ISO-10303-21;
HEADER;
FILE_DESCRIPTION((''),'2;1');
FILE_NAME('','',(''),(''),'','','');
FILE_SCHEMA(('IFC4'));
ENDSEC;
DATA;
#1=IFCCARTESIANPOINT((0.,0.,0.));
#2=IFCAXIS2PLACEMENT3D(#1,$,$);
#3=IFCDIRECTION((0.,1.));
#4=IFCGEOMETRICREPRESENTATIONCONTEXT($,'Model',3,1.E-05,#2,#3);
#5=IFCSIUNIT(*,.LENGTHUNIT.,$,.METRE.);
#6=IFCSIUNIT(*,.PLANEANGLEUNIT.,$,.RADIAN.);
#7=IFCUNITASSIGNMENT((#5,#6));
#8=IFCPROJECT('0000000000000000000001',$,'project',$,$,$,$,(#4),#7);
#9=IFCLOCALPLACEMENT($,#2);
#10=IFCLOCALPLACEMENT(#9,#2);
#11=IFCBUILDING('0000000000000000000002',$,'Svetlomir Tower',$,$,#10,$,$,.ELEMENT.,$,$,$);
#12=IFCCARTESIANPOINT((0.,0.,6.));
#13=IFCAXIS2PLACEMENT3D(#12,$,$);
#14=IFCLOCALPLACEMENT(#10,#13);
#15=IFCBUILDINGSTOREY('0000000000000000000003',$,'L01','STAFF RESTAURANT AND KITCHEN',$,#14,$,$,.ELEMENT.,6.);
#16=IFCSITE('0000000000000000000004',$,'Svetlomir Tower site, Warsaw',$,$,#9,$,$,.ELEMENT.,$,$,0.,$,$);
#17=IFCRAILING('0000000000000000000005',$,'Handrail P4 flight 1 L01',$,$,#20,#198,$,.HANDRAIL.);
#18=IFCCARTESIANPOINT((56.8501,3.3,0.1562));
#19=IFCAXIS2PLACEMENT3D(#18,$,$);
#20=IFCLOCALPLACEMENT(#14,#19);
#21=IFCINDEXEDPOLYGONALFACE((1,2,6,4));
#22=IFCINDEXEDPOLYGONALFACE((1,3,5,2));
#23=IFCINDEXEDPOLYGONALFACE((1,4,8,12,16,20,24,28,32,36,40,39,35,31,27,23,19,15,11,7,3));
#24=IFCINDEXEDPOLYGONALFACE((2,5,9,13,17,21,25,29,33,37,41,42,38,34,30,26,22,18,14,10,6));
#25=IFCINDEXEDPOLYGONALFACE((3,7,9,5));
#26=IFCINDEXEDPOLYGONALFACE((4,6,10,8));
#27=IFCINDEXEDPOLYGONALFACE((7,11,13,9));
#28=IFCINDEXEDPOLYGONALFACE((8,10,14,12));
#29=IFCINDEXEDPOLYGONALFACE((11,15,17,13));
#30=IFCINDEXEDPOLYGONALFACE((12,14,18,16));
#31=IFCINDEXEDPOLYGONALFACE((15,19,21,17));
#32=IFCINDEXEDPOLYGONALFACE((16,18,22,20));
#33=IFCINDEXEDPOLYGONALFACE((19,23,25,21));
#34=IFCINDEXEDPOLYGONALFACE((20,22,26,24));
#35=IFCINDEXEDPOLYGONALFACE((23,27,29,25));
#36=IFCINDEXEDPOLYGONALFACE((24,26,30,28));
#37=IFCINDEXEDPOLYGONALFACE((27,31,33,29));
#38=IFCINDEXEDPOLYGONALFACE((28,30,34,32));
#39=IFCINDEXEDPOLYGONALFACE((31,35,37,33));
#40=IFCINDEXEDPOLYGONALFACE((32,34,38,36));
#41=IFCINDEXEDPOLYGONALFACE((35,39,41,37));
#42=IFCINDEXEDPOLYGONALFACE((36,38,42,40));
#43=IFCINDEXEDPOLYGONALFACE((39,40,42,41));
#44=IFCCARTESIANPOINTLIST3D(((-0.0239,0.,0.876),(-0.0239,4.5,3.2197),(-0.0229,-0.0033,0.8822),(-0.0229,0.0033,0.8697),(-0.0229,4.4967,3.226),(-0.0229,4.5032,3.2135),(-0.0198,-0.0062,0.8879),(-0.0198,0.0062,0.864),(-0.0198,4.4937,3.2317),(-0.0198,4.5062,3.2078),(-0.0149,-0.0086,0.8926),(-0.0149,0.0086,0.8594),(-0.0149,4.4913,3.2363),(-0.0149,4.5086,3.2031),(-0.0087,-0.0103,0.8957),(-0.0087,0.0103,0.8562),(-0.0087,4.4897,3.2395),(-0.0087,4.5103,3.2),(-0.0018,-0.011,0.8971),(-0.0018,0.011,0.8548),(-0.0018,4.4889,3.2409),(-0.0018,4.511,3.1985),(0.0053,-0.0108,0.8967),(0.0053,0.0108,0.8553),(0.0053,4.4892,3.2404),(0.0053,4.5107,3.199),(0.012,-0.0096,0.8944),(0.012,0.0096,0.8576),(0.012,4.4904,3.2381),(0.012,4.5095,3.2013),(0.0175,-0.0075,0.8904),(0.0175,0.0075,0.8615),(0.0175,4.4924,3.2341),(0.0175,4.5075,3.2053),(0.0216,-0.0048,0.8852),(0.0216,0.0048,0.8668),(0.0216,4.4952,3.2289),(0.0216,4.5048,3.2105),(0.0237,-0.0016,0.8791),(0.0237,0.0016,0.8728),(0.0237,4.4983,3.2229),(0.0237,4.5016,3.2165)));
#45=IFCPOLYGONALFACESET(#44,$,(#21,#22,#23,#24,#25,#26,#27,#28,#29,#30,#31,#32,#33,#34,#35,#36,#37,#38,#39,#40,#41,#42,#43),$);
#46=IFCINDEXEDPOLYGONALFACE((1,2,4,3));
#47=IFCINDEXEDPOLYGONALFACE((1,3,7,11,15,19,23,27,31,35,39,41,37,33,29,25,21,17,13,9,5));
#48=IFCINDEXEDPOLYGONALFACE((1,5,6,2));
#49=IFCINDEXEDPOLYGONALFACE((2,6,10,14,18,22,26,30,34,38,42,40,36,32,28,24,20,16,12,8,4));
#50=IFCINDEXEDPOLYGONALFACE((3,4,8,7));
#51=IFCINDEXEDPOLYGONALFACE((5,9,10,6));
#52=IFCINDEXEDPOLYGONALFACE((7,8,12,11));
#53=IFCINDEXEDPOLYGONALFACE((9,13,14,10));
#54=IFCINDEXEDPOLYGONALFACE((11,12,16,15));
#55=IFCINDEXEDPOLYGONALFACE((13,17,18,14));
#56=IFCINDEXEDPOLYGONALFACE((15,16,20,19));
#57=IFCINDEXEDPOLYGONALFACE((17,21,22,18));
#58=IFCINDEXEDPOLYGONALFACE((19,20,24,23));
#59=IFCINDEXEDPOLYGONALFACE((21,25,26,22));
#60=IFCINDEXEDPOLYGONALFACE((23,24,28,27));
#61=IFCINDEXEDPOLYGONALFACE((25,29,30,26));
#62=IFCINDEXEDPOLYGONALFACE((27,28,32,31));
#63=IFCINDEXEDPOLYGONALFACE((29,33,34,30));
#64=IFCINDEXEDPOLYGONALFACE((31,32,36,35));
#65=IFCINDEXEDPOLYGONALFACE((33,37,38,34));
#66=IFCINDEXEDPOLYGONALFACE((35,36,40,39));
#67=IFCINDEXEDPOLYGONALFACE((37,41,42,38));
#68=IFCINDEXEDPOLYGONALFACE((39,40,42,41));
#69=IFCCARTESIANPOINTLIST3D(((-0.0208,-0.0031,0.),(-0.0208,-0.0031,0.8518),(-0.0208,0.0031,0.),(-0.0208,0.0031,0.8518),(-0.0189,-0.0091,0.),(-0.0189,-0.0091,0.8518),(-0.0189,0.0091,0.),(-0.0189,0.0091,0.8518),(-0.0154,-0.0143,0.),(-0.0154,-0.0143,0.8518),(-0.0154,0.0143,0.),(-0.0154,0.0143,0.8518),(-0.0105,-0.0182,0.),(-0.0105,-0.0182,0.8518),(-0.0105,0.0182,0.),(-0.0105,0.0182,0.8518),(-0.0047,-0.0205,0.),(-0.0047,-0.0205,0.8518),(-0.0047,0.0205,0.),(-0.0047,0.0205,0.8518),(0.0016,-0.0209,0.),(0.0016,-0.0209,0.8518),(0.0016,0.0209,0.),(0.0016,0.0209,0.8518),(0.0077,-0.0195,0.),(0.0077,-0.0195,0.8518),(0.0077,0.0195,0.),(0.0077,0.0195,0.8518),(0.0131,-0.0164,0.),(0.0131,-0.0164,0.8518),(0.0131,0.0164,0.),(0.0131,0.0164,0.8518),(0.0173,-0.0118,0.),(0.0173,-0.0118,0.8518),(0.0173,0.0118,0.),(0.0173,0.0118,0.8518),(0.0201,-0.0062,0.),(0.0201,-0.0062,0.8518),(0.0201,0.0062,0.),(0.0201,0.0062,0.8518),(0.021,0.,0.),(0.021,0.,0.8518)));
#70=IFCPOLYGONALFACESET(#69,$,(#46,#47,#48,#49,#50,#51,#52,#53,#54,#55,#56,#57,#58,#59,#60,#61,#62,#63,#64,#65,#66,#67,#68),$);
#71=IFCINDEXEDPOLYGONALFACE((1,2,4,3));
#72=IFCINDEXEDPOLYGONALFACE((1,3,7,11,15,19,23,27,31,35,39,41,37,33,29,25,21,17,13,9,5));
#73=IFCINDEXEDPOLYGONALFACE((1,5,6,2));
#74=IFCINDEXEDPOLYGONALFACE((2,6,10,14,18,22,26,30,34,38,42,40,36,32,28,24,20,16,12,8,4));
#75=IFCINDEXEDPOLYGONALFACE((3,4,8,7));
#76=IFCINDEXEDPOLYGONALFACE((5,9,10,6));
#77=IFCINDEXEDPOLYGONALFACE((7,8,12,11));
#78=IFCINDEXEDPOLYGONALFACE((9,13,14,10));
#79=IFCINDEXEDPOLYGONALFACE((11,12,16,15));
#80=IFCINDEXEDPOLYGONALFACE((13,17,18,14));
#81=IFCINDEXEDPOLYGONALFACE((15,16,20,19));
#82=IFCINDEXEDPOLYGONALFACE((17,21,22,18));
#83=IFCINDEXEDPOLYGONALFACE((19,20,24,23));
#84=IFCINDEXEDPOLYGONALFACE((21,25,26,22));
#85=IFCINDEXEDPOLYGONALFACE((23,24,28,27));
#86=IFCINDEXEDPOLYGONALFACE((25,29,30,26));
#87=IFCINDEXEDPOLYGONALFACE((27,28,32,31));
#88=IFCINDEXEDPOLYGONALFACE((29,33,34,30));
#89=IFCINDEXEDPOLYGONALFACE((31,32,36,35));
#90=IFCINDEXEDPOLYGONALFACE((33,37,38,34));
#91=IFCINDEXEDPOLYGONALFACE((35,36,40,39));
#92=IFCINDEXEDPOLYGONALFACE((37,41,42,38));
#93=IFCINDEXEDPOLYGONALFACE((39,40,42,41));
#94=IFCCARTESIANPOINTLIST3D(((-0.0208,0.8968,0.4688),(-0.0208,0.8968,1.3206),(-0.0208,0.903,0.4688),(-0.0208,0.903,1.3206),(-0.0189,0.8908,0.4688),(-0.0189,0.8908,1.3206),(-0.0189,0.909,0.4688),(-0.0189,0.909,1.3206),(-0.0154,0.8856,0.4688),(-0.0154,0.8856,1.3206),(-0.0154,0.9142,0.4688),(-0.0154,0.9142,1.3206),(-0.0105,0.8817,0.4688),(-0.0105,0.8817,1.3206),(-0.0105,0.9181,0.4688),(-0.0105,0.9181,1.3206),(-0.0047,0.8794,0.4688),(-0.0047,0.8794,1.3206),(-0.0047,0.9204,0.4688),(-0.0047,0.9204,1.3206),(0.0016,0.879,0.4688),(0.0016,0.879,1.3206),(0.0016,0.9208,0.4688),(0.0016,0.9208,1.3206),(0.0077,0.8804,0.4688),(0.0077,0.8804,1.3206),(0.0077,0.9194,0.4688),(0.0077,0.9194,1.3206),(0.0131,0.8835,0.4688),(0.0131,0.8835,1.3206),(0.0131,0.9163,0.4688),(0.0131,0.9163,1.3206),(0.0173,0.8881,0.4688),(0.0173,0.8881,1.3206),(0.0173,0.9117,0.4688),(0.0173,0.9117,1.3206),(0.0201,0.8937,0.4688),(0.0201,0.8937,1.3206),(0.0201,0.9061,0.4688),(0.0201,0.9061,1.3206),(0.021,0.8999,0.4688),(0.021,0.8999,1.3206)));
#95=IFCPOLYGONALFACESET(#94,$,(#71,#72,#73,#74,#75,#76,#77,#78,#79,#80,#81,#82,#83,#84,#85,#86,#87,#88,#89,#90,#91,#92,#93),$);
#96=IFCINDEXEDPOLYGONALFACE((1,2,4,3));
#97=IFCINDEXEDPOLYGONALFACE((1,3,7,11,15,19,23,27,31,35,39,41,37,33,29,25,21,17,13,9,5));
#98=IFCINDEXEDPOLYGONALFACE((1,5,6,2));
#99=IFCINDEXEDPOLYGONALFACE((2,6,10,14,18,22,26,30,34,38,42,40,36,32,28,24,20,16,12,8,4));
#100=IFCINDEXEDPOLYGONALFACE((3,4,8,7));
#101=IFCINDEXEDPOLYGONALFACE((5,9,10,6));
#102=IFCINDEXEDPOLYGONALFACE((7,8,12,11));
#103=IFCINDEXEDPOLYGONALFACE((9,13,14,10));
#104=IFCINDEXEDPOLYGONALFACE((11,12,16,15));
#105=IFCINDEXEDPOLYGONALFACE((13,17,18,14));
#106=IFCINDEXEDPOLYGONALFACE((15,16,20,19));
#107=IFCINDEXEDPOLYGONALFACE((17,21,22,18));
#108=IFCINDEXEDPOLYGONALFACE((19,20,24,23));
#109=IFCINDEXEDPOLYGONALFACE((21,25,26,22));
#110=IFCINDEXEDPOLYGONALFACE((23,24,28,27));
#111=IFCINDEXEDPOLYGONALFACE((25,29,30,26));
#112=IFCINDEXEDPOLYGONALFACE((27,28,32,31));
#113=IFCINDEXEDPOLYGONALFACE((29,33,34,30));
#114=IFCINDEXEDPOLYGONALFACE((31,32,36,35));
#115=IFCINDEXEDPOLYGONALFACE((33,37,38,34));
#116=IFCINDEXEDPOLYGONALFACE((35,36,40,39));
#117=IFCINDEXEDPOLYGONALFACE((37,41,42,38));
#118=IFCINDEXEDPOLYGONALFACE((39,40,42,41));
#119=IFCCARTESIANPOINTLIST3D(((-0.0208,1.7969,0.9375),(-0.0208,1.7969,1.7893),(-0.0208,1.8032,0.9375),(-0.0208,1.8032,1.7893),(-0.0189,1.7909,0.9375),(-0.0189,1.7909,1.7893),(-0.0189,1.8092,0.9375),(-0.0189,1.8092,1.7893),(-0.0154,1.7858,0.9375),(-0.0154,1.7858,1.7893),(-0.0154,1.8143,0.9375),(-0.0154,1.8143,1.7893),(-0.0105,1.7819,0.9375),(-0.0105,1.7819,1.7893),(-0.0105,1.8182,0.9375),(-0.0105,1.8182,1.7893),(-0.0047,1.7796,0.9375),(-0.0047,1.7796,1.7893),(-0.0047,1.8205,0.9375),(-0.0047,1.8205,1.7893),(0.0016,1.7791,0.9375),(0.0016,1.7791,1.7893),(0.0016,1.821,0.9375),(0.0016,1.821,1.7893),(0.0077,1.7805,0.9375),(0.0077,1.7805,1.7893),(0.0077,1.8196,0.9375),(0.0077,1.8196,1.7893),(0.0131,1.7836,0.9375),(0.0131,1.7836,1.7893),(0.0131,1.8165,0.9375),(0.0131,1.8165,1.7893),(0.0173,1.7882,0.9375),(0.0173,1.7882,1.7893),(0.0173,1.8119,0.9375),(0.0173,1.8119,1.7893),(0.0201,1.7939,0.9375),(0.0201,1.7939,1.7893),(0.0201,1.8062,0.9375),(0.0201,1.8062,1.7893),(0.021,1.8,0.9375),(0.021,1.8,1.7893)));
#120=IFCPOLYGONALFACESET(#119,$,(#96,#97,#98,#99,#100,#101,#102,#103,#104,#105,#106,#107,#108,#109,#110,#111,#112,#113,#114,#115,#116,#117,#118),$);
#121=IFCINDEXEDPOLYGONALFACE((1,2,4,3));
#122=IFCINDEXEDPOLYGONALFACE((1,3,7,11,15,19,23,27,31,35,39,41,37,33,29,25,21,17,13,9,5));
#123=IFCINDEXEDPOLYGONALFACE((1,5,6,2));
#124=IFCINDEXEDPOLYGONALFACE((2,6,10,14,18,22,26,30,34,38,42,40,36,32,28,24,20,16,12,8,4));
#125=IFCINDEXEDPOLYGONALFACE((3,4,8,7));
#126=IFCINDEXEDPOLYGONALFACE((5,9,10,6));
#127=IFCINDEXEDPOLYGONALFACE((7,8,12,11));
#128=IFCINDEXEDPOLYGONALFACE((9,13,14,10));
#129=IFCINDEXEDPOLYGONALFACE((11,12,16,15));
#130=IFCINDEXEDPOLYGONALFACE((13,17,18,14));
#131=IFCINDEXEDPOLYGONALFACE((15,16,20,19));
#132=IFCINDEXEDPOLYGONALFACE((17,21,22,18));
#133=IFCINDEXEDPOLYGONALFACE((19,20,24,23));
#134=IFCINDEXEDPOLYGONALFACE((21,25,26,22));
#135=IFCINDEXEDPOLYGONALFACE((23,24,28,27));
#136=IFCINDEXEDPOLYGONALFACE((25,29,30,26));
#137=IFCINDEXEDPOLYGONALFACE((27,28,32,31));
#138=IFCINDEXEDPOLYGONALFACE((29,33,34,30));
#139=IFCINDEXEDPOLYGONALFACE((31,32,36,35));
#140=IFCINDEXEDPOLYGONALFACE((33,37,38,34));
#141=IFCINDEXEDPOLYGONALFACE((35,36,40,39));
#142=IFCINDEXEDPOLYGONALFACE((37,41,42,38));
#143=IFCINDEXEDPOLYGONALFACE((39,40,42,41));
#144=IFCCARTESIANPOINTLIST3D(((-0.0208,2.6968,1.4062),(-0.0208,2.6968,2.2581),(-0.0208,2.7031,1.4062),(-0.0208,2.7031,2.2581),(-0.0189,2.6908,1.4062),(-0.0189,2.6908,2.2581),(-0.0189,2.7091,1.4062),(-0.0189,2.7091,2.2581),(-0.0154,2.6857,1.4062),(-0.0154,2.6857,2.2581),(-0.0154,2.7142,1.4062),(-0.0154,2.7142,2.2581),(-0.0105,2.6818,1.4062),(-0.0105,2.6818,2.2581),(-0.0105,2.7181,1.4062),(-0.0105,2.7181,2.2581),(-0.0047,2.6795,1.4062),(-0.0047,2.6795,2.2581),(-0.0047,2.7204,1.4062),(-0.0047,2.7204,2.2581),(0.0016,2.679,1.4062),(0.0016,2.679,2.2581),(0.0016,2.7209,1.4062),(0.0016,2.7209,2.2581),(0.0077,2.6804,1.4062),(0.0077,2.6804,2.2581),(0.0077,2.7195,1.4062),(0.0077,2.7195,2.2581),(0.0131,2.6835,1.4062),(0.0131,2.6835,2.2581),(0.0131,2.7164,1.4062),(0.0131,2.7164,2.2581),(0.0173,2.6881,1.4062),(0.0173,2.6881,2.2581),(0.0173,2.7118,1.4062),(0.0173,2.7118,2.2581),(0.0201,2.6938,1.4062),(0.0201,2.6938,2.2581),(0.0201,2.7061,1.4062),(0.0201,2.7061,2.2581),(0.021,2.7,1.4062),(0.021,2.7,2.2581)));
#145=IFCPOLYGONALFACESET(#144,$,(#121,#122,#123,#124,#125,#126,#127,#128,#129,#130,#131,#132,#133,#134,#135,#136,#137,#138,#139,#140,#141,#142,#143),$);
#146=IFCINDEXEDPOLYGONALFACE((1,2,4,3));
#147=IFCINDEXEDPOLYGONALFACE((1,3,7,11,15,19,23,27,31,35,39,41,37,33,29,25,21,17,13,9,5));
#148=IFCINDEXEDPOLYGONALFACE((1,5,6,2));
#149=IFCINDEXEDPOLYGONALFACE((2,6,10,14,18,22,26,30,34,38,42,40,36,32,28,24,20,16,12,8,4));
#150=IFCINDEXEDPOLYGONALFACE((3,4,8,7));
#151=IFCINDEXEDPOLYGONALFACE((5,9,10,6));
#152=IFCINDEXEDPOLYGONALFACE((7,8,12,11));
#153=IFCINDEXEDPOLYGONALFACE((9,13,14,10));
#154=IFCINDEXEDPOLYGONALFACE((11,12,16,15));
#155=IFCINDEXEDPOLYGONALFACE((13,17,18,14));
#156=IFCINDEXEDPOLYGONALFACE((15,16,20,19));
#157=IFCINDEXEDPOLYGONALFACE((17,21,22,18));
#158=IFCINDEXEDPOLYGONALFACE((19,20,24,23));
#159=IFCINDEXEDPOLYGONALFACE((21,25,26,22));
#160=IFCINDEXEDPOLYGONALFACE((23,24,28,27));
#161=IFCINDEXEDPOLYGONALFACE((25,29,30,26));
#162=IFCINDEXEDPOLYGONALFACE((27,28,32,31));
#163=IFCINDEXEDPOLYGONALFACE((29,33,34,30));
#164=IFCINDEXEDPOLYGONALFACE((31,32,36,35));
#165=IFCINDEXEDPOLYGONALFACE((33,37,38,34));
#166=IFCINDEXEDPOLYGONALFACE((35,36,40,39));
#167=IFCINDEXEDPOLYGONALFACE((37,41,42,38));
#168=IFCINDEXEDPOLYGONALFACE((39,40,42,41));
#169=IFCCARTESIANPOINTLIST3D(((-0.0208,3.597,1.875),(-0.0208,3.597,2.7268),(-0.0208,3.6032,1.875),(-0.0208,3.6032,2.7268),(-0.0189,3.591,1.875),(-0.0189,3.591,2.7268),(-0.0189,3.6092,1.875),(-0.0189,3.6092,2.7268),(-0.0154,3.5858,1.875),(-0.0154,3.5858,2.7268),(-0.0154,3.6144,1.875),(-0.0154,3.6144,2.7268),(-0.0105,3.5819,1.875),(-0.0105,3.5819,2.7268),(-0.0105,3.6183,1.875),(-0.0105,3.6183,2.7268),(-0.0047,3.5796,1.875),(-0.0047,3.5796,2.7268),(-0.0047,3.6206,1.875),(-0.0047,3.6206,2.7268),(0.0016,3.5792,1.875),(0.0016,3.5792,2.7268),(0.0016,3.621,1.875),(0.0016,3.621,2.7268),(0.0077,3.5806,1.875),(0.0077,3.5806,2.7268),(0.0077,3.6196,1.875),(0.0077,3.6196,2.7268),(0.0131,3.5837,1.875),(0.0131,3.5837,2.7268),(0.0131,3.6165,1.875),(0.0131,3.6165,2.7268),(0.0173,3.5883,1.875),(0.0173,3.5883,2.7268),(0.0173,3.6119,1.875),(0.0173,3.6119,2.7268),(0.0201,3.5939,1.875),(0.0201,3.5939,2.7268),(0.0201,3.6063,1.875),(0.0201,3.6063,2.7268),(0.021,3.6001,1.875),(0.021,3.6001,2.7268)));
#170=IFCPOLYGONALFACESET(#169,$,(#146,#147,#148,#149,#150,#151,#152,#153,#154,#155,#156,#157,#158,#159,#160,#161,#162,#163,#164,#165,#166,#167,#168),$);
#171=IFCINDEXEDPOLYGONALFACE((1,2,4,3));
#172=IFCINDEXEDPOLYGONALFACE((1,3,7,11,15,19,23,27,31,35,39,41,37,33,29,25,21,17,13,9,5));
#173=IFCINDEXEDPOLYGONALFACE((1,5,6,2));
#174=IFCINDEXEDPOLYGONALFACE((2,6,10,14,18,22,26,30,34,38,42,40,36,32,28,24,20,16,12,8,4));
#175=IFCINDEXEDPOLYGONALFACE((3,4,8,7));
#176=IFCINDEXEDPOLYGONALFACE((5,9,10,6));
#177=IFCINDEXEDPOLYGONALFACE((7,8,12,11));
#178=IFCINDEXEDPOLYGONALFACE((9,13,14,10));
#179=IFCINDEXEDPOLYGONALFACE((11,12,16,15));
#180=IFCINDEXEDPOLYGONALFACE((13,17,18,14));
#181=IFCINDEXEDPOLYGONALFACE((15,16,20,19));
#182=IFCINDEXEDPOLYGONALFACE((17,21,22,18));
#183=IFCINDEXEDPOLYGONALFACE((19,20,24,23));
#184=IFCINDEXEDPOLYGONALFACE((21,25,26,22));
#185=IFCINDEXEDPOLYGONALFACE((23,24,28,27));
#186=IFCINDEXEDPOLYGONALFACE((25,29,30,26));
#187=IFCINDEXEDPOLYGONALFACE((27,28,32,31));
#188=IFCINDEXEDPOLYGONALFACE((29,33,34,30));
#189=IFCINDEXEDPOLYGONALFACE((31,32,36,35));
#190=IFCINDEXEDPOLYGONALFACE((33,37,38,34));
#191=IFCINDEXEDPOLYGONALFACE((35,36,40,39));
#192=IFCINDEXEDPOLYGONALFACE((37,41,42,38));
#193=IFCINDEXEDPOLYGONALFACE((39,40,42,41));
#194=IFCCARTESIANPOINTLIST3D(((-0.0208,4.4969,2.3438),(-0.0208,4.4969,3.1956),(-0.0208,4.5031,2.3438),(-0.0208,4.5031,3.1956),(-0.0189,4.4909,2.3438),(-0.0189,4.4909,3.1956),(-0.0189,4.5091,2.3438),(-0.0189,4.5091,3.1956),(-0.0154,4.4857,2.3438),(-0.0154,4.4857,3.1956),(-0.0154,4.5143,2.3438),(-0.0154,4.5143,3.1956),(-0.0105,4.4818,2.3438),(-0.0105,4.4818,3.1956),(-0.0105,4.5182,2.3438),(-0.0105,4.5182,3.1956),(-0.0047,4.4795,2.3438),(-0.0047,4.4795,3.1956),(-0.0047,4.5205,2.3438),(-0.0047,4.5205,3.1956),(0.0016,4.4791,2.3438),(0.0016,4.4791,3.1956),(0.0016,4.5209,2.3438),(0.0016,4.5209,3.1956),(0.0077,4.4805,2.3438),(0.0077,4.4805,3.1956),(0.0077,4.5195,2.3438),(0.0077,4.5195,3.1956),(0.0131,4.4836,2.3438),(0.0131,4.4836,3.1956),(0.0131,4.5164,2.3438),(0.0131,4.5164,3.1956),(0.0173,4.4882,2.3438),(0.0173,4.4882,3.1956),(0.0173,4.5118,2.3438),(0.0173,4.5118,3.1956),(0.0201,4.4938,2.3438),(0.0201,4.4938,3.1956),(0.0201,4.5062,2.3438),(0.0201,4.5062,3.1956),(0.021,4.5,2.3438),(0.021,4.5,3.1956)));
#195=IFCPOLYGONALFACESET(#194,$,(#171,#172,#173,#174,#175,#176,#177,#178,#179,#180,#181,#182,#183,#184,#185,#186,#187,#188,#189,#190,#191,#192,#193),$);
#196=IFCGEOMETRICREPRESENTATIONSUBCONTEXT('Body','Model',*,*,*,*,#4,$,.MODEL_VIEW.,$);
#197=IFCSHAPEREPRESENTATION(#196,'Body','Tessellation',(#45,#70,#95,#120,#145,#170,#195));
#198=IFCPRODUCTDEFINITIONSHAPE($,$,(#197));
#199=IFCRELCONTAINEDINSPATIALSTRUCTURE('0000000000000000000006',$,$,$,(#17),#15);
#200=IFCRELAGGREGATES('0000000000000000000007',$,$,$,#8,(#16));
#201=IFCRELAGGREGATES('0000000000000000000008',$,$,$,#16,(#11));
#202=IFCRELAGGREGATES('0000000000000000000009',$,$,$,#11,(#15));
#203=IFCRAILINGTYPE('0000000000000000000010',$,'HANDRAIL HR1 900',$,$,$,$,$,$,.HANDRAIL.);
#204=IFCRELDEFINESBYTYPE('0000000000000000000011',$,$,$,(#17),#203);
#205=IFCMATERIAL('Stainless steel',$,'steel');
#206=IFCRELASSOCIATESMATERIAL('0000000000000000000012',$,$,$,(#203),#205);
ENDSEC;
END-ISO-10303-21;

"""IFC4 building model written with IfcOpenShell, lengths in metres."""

from ifc_helpers import new_model, si_unit, direction, frame, origin, origin_2d, place, context, subcontext, project, spatial, circle, extrude, material, type_object, element, save


model = new_model("IFC4")

# Units and contexts
model_context = context("Model", 3, precision=1e-05, world=origin(), true_north=direction((0.0, 1.0)))
body_context = subcontext(model_context, "Body", "Model", "MODEL_VIEW")
ifc_project = project(units=[si_unit("LENGTHUNIT", "METRE"), si_unit("PLANEANGLEUNIT", "RADIAN")], contexts=[model_context])

# Site, building, storey
site_placement = place(None, origin())
site = spatial("IfcSite", under=ifc_project, at=site_placement, Name="Svetlomir Tower site, Warsaw", CompositionType="ELEMENT", RefElevation=0.0)
building_placement = place(site_placement, origin())
building = spatial("IfcBuilding", under=site, at=building_placement, Name="Svetlomir Tower", CompositionType="ELEMENT")
storey_placement = place(building_placement, frame((0.0, 0.0, 6.0)))
storey = spatial("IfcBuildingStorey", under=building, at=storey_placement, Name="L01", Description="STAFF RESTAURANT AND KITCHEN", CompositionType="ELEMENT", Elevation=6.0)

# Railing
ifc_material_1 = material(Name="Stainless steel", Category="steel")
railing_type = type_object("IfcRailingType", Name="HANDRAIL HR1 900", PredefinedType="HANDRAIL", material=ifc_material_1)
railing_placement = place(storey_placement, frame((56.8501, 3.3, 0.1562)))
element("IfcRailing", 1, at=railing_placement, inside=storey, type_object=railing_type, Name="Handrail P4 flight 1 L01", PredefinedType="HANDRAIL", context=body_context, shape_type="SweptSolid", body=[
    extrude(circle(Radius=0.0239, at=origin_2d()), frame((0.0, 0.0, 0.876), z_axis=(0.0, 0.886914, 0.461934), x_axis=(-1.0, 0.0, 0.0)), (0.0, 0.0, 1.0), 5.0737),
    extrude(circle(Radius=0.021, at=origin_2d()), origin(), (0.0, 0.0, 1.0), 0.8518),
    extrude(circle(Radius=0.021, at=origin_2d()), frame((0.0, 0.8999, 0.4688)), (0.0, 0.0, 1.0), 0.8518),
    extrude(circle(Radius=0.021, at=origin_2d()), frame((0.0, 1.8, 0.9375)), (0.0, 0.0, 1.0), 0.8518),
    extrude(circle(Radius=0.021, at=origin_2d()), frame((0.0, 2.7, 1.4062)), (0.0, 0.0, 1.0), 0.8518),
    extrude(circle(Radius=0.021, at=origin_2d()), frame((0.0, 3.6001, 1.875)), (0.0, 0.0, 1.0), 0.8518),
    extrude(circle(Radius=0.021, at=origin_2d()), frame((0.0, 4.5, 2.3438)), (0.0, 0.0, 1.0), 0.8518),
])

save(model, "model.ifc")
